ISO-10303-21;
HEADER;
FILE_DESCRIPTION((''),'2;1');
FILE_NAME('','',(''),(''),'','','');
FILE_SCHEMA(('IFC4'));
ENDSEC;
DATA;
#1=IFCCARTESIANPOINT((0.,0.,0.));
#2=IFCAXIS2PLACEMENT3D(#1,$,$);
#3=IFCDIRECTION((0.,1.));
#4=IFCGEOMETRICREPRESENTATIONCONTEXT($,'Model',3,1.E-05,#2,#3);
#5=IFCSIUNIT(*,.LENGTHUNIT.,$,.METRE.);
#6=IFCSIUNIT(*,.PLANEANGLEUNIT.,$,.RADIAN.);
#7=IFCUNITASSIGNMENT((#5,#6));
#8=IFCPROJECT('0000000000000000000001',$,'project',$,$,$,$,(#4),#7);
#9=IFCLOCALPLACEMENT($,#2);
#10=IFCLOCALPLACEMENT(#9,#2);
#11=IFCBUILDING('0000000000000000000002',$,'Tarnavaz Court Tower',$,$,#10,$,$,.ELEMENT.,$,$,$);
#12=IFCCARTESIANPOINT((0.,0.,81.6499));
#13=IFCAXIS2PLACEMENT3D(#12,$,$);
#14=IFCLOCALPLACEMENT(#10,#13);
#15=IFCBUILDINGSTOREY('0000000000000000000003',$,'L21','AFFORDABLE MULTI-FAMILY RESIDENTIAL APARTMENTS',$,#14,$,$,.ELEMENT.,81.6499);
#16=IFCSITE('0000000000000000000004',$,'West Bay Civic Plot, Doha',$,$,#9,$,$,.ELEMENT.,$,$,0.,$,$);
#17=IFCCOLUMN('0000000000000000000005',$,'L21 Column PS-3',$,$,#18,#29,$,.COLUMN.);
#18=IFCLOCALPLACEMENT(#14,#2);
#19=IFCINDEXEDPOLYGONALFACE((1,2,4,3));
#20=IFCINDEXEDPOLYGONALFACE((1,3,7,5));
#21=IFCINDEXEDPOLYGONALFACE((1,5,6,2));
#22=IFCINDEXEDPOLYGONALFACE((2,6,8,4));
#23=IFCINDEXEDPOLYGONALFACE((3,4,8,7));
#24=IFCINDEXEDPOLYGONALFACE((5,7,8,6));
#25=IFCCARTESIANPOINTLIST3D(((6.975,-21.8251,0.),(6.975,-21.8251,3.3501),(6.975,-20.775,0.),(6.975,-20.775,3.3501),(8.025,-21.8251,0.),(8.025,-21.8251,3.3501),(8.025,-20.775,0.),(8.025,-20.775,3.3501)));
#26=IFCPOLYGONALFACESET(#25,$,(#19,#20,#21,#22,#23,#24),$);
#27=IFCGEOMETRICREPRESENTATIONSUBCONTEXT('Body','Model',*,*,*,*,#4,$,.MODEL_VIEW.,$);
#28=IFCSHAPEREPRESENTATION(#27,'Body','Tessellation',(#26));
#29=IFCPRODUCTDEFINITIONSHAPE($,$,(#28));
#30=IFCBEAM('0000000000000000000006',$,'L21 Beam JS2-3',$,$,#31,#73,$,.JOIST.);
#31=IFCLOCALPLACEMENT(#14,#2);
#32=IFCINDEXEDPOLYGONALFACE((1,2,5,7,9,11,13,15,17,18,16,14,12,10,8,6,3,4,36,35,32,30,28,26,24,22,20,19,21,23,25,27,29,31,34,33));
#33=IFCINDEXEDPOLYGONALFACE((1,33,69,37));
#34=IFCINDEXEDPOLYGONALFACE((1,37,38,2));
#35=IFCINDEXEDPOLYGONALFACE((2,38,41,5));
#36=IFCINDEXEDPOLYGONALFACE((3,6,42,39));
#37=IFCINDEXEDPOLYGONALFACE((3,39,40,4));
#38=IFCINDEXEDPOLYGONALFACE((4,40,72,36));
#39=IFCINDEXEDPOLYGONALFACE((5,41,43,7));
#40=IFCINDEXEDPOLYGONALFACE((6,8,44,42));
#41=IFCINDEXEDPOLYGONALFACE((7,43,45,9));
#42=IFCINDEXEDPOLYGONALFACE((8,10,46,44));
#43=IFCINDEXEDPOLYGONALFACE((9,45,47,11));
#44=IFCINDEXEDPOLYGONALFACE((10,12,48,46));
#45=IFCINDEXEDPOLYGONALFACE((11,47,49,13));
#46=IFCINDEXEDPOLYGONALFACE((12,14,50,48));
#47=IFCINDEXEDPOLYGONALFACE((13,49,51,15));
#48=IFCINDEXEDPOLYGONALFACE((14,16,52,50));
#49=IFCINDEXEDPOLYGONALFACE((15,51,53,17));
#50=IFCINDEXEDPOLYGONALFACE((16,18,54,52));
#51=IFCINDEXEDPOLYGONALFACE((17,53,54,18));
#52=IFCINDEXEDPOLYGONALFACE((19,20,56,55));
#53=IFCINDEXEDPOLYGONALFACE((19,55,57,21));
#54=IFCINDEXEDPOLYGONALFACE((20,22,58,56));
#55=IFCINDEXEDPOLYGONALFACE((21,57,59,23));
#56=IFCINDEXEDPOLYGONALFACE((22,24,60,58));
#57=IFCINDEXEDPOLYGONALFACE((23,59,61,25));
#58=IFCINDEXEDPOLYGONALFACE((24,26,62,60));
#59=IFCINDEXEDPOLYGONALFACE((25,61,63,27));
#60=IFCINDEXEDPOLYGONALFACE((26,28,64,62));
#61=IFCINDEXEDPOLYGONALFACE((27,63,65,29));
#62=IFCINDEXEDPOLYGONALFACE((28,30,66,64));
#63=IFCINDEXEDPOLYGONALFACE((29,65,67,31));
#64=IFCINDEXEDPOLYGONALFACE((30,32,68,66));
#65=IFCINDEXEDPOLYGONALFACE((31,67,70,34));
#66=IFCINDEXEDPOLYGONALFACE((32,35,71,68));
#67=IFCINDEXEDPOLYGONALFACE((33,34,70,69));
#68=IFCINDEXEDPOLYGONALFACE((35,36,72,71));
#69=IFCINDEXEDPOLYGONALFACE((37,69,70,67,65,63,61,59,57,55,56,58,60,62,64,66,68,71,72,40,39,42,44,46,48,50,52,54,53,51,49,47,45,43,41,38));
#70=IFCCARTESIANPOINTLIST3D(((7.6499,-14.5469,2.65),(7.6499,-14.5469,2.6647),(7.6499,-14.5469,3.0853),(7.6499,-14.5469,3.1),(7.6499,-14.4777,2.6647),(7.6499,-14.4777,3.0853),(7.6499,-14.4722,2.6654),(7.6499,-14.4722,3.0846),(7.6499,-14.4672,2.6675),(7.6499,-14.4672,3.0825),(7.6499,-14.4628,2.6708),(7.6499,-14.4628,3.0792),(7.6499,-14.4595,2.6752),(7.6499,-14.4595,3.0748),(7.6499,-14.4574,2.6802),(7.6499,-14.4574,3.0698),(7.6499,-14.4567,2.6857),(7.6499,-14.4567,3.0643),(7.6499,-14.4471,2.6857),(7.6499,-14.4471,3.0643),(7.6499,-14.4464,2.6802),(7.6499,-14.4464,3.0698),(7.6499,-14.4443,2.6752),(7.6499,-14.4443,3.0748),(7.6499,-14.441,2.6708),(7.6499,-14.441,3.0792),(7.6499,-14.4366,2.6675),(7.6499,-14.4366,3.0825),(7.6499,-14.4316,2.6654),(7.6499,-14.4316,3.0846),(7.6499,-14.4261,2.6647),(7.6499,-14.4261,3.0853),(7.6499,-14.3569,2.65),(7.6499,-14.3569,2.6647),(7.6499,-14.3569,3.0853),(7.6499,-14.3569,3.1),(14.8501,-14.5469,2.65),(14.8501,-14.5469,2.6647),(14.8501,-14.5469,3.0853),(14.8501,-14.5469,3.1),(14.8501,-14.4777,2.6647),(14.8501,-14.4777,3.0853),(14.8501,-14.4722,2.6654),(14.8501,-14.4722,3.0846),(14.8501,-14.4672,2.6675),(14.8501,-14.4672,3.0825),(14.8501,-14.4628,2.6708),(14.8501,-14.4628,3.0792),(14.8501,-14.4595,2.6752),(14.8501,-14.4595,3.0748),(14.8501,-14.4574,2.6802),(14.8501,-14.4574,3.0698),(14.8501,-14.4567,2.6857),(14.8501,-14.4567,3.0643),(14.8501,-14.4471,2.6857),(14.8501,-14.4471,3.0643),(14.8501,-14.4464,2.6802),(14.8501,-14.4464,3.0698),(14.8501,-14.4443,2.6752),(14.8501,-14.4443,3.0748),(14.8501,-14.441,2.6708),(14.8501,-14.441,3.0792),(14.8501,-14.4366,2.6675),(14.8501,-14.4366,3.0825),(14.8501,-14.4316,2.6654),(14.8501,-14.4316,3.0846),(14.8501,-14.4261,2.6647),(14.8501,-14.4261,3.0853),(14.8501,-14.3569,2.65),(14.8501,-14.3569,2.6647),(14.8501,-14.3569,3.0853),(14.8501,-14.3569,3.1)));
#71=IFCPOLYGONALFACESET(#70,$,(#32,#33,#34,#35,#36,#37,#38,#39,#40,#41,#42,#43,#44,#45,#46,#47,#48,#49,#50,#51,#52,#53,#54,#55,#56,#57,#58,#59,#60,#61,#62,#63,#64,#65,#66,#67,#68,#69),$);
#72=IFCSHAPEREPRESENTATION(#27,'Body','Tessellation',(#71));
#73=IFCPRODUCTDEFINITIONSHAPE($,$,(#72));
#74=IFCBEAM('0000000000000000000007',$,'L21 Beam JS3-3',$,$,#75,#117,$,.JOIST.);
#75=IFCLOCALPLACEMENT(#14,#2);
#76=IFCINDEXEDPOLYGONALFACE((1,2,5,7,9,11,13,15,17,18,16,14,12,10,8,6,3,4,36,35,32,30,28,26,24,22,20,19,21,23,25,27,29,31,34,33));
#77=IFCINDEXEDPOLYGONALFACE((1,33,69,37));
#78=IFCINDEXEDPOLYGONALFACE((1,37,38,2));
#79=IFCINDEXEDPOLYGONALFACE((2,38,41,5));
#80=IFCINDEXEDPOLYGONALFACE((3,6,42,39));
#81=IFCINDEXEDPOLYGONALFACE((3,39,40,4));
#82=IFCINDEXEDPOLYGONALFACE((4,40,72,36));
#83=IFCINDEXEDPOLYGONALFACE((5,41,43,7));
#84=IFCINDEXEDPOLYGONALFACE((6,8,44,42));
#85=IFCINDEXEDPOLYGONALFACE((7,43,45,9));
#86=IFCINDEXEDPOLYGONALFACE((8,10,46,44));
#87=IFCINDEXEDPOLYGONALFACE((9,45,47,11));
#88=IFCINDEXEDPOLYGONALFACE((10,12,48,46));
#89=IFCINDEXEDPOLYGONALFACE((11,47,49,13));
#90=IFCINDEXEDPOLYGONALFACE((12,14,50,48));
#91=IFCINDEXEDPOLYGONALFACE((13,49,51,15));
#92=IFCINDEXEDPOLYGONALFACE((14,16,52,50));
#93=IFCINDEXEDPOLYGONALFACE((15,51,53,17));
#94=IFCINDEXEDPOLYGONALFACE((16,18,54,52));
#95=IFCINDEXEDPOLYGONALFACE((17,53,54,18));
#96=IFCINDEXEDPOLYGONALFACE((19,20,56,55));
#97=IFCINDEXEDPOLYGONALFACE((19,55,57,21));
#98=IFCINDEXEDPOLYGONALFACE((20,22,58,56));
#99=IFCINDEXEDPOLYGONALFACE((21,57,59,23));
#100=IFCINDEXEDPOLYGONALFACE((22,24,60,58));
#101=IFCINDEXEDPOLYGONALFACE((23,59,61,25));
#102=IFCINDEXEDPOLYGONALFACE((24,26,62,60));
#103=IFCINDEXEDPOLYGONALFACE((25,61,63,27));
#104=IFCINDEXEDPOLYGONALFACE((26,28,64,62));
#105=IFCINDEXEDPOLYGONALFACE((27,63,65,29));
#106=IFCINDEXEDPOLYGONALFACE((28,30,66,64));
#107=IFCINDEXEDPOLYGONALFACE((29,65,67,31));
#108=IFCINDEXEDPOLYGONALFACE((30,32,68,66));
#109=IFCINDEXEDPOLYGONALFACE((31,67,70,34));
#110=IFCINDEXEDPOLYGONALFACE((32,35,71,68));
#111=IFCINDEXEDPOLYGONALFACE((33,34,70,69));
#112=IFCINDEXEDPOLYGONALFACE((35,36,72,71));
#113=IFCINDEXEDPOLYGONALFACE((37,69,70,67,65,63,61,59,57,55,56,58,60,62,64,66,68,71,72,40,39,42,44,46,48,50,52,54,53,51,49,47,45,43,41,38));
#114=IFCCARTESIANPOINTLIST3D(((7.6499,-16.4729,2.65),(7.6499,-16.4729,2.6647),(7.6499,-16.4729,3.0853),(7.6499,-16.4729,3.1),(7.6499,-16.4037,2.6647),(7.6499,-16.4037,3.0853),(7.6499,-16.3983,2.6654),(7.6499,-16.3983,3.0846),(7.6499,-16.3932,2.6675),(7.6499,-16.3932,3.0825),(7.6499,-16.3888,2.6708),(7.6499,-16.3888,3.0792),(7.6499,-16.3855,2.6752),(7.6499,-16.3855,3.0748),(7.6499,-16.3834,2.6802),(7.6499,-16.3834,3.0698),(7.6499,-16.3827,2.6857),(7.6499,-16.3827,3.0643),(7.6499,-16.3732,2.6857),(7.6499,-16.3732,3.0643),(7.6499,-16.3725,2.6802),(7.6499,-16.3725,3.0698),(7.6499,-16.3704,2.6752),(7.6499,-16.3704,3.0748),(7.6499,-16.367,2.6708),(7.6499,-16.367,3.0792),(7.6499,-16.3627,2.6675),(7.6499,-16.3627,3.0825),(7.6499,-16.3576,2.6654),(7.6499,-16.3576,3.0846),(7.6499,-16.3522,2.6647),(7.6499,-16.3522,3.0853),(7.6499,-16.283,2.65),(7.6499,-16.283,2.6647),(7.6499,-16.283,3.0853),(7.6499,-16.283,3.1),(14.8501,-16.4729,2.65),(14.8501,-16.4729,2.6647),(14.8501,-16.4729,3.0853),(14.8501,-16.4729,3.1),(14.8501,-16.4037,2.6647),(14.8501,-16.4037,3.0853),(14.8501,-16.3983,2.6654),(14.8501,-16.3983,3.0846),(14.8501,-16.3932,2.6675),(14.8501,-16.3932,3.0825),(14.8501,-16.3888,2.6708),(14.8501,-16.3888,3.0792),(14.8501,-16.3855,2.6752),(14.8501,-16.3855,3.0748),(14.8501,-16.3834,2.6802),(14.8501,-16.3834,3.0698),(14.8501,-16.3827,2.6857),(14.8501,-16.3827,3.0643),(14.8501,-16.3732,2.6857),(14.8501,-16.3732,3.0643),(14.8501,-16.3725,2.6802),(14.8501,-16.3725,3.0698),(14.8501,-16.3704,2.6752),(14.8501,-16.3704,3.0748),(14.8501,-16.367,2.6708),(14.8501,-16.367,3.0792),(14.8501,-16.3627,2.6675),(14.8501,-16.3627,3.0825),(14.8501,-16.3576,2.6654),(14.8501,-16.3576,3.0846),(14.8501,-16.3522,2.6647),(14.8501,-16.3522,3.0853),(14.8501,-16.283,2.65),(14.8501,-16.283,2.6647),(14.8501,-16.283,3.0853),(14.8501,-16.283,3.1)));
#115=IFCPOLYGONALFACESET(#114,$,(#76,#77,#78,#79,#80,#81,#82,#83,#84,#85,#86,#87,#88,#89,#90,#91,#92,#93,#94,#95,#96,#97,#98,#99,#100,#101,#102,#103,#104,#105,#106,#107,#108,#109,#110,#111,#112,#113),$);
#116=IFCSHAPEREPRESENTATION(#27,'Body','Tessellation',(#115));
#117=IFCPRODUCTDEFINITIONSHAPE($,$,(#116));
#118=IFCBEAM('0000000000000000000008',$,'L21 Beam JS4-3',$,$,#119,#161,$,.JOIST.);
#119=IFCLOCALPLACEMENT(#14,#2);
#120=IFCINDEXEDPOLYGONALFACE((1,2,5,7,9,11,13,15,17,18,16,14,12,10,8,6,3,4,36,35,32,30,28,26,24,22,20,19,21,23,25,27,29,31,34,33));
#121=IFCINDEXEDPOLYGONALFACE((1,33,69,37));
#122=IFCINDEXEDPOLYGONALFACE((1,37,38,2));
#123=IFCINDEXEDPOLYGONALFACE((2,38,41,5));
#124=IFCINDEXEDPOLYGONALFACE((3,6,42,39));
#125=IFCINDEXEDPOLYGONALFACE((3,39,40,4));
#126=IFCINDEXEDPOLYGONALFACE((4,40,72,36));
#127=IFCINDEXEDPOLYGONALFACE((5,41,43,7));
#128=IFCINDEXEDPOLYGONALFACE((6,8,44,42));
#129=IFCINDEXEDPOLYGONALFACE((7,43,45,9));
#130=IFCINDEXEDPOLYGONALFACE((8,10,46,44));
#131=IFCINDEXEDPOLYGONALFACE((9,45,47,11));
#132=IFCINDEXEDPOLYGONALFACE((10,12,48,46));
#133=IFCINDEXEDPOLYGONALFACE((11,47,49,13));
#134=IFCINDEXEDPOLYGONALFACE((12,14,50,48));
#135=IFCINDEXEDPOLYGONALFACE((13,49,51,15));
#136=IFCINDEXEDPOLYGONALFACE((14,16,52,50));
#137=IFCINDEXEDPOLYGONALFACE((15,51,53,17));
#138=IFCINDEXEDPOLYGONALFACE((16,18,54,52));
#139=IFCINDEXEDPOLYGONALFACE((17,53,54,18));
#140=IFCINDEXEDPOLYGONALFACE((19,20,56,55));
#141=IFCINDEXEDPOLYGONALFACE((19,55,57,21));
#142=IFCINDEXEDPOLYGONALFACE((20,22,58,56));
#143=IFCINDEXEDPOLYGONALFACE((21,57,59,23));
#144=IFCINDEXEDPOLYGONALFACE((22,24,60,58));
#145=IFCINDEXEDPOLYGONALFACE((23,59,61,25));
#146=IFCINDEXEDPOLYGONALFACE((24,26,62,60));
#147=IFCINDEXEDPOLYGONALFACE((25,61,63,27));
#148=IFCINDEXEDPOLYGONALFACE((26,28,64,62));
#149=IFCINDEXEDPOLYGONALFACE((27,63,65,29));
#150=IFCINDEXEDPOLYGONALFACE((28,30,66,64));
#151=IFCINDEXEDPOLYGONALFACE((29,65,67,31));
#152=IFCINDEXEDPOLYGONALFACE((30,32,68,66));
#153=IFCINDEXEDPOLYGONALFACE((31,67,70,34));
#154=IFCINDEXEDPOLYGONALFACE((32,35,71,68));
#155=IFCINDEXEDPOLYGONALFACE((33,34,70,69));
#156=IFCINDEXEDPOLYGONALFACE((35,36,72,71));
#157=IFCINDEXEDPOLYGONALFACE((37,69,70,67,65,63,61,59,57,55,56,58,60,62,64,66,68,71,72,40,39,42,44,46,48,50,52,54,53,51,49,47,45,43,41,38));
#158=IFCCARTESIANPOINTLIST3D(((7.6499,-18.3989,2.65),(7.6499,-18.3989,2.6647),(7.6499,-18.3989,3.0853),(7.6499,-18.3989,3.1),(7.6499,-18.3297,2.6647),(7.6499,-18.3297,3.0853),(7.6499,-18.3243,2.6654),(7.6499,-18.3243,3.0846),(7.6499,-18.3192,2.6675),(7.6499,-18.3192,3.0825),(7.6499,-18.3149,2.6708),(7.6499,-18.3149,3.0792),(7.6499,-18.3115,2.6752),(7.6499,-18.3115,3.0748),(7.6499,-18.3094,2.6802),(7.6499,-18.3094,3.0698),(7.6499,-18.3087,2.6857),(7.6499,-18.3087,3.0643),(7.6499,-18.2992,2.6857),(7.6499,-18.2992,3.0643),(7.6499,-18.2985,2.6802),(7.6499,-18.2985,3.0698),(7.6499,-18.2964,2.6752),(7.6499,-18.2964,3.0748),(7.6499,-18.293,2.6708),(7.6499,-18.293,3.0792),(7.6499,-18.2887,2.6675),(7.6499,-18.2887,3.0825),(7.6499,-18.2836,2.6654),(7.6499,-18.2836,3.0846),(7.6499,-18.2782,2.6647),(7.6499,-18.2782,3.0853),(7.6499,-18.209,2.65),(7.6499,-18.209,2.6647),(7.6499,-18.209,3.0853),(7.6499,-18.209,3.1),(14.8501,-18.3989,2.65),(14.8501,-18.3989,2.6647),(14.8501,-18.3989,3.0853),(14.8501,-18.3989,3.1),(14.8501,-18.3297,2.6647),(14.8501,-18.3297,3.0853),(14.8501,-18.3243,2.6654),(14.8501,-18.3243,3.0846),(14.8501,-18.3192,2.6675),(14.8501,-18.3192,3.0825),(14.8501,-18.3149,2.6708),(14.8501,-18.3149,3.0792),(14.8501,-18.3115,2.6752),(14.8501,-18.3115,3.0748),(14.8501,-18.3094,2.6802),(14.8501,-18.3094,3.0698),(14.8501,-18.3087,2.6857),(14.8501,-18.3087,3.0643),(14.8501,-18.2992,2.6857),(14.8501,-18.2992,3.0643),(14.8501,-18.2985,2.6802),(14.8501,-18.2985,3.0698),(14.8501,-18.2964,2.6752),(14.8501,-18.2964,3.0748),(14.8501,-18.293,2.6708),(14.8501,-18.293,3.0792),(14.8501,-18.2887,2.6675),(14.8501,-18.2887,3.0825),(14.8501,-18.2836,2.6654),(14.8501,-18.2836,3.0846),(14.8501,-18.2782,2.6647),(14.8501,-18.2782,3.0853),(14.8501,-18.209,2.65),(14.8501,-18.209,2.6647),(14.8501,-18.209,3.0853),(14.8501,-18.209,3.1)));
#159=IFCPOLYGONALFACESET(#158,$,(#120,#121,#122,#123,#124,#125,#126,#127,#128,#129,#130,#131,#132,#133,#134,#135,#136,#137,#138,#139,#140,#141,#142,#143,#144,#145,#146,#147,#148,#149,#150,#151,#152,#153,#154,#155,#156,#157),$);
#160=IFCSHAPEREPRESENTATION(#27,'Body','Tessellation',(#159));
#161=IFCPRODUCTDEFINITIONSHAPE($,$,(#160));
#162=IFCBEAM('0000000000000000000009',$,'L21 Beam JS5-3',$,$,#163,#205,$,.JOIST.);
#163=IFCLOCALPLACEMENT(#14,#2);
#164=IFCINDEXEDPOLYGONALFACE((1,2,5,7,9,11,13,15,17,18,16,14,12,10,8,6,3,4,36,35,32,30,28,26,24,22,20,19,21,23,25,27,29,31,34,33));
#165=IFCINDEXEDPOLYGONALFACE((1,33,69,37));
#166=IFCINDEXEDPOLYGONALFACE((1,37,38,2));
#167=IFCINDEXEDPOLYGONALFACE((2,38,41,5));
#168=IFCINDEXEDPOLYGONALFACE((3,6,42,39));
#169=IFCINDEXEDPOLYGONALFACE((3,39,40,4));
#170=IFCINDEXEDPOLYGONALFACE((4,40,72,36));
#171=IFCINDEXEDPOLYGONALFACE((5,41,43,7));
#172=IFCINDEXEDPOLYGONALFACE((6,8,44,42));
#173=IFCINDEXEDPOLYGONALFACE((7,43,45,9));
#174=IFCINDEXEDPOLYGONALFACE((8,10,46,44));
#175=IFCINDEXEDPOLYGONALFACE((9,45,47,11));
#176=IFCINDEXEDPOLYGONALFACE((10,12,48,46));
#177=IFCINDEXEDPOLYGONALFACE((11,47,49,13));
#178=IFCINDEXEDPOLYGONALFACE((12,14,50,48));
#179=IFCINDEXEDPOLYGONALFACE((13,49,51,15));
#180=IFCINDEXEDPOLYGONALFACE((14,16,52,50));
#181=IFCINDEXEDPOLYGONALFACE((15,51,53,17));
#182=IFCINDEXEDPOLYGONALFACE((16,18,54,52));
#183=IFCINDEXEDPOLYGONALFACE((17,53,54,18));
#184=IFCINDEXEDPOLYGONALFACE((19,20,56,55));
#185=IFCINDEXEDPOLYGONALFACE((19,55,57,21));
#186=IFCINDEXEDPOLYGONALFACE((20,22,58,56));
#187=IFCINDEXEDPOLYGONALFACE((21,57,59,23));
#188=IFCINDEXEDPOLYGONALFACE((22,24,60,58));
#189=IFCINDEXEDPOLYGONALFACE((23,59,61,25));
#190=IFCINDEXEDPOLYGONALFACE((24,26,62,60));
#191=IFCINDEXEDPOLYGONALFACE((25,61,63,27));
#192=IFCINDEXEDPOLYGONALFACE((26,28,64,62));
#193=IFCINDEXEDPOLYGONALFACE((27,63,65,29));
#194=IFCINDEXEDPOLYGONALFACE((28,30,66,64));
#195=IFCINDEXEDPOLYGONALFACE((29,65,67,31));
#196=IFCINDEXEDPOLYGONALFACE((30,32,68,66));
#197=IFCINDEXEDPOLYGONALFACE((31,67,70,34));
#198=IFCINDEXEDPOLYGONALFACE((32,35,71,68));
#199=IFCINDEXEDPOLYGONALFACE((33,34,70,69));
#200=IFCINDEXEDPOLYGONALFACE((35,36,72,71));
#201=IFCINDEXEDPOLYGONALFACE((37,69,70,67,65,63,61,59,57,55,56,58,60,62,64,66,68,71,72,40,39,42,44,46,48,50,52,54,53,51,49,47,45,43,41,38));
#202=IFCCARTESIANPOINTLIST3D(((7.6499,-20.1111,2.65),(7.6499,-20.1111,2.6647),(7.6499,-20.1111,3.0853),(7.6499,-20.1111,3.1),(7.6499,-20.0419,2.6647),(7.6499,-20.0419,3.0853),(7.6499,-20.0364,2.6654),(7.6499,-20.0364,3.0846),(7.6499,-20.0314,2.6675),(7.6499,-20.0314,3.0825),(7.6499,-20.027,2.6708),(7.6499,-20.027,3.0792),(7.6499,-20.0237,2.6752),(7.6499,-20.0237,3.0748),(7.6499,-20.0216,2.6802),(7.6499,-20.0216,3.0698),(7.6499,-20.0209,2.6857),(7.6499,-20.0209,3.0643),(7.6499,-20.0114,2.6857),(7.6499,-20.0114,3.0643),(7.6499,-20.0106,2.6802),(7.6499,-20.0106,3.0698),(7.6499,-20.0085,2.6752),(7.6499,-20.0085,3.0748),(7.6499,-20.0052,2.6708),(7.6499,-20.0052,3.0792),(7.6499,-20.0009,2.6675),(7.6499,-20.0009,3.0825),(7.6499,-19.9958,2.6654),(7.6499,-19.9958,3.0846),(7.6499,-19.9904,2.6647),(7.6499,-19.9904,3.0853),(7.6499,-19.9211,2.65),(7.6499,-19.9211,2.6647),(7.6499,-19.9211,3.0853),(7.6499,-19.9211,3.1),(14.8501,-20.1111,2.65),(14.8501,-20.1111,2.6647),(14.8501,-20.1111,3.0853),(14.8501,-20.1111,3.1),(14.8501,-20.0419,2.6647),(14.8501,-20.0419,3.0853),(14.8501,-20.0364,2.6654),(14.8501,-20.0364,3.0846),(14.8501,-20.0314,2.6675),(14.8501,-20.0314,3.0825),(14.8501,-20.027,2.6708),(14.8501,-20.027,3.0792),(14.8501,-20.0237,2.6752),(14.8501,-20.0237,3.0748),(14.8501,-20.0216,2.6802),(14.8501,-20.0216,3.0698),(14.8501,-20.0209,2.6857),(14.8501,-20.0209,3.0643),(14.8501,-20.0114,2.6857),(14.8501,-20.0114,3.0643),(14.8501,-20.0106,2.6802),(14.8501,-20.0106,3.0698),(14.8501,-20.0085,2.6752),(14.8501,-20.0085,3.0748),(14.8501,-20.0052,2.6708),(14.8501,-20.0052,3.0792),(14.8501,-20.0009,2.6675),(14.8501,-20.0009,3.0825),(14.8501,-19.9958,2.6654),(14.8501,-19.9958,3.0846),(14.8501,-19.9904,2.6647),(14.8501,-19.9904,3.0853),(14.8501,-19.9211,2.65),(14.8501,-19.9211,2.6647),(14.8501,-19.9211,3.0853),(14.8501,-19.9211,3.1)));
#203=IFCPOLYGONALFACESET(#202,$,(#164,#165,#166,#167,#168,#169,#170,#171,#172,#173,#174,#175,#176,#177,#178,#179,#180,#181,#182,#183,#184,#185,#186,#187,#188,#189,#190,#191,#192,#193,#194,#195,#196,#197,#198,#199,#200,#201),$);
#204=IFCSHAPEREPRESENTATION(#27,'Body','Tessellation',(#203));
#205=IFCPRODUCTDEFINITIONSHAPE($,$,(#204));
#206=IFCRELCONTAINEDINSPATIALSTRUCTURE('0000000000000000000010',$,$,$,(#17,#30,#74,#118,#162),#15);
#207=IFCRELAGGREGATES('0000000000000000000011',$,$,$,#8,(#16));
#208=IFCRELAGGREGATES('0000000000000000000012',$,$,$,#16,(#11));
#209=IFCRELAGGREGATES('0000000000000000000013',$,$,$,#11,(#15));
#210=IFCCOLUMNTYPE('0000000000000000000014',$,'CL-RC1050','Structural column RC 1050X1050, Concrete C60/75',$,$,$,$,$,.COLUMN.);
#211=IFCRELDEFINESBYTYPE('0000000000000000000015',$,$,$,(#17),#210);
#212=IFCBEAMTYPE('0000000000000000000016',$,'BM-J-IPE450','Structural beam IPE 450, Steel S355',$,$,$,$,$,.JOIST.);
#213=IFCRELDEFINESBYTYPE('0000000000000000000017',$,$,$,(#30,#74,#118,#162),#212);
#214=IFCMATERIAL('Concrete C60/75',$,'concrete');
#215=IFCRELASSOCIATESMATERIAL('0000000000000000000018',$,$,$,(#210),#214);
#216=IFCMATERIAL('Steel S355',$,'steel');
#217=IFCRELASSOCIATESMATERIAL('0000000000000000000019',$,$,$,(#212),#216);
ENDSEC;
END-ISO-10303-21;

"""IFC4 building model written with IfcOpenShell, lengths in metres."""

from ifc_helpers import new_model, si_unit, direction, frame, origin, origin_2d, place, context, subcontext, project, spatial, rectangle, i_section, extrude, material, material_profile, profile_set, type_object, element, save


model = new_model("IFC4")

# Units and contexts
model_context = context("Model", 3, precision=1e-05, world=origin(), true_north=direction((0.0, 1.0)))
body_context = subcontext(model_context, "Body", "Model", "MODEL_VIEW")
ifc_project = project(units=[si_unit("LENGTHUNIT", "METRE"), si_unit("PLANEANGLEUNIT", "RADIAN")], contexts=[model_context])

# Site, building, storey
site_placement = place(None, origin())
site = spatial("IfcSite", under=ifc_project, at=site_placement, Name="West Bay Civic Plot, Doha", CompositionType="ELEMENT", RefElevation=0.0)
building_placement = place(site_placement, origin())
building = spatial("IfcBuilding", under=site, at=building_placement, Name="Tarnavaz Court Tower", CompositionType="ELEMENT")
storey_placement = place(building_placement, frame((0.0, 0.0, 81.6499)))
storey = spatial("IfcBuildingStorey", under=building, at=storey_placement, Name="L21", Description="AFFORDABLE MULTI-FAMILY RESIDENTIAL APARTMENTS", CompositionType="ELEMENT", Elevation=81.6499)

# Column
ifc_material_1 = material(Name="Concrete C60/75", Category="concrete")
ifc_material_profile_1 = material_profile(ifc_material_1, rectangle(XDim=1.05, YDim=1.05, at=origin_2d()), Name="RC 1050X1050")
ifc_profile_set_1 = profile_set([ifc_material_profile_1], Name="Concrete C60/75")
column_type = type_object("IfcColumnType", Name="CL-RC1050", Description="Structural column RC 1050X1050, Concrete C60/75", PredefinedType="COLUMN", material=ifc_profile_set_1)
column_placement = place(storey_placement, frame((7.5, -21.3, 0.0), z_axis=(0.0, 0.0, 1.0), x_axis=(1.0, 0.0, 0.0)))
element("IfcColumn", 1, at=column_placement, inside=storey, type_object=column_type, Name="L21 Column PS-3", PredefinedType="COLUMN", context=body_context, shape_type="SweptSolid", body=[
    extrude(rectangle(XDim=1.05, YDim=1.05, at=origin_2d()), origin(), (0.0, 0.0, 1.0), 3.3501),
])

# Beams
ifc_material_2 = material(Name="Steel S355", Category="steel")
ifc_material_profile_2 = material_profile(ifc_material_2, i_section(OverallWidth=0.1899, OverallDepth=0.45, WebThickness=0.0095, FlangeThickness=0.0146, FilletRadius=0.021, at=origin_2d()), Name="IPE 450")
ifc_profile_set_2 = profile_set([ifc_material_profile_2], Name="Steel S355")
beam_type_1 = type_object("IfcBeamType", Name="BM-J-IPE450", Description="Structural beam IPE 450, Steel S355", PredefinedType="JOIST", material=ifc_profile_set_2)
for number, where, z_axis, x_axis, name in (
    (2, (7.6499, -14.4519, 2.875), (1.0, 0.0, 0.0), (0.0, 1.0, 0.0), "L21 Beam JS2-3"),
    (3, (7.6499, -16.3779, 2.875), (1.0, 0.0, 0.0), (0.0, 1.0, 0.0), "L21 Beam JS3-3"),
    (4, (7.6499, -18.304, 2.875), (1.0, 0.0, 0.0), (0.0, 1.0, 0.0), "L21 Beam JS4-3"),
    (5, (7.6499, -20.0161, 2.875), (1.0, 0.0, 0.0), (0.0, 1.0, 0.0), "L21 Beam JS5-3"),
):
    element("IfcBeam", number, at=place(storey_placement, frame(where, z_axis=z_axis, x_axis=x_axis)), inside=storey, type_object=beam_type_1, Name=name, PredefinedType="JOIST", context=body_context, shape_type="SweptSolid", body=[
        extrude(i_section(OverallWidth=0.1899, OverallDepth=0.45, WebThickness=0.0095, FlangeThickness=0.0146, FilletRadius=0.021, at=origin_2d()), origin(), (0.0, 0.0, 1.0), 7.2002),
    ])

save(model, "model.ifc")
